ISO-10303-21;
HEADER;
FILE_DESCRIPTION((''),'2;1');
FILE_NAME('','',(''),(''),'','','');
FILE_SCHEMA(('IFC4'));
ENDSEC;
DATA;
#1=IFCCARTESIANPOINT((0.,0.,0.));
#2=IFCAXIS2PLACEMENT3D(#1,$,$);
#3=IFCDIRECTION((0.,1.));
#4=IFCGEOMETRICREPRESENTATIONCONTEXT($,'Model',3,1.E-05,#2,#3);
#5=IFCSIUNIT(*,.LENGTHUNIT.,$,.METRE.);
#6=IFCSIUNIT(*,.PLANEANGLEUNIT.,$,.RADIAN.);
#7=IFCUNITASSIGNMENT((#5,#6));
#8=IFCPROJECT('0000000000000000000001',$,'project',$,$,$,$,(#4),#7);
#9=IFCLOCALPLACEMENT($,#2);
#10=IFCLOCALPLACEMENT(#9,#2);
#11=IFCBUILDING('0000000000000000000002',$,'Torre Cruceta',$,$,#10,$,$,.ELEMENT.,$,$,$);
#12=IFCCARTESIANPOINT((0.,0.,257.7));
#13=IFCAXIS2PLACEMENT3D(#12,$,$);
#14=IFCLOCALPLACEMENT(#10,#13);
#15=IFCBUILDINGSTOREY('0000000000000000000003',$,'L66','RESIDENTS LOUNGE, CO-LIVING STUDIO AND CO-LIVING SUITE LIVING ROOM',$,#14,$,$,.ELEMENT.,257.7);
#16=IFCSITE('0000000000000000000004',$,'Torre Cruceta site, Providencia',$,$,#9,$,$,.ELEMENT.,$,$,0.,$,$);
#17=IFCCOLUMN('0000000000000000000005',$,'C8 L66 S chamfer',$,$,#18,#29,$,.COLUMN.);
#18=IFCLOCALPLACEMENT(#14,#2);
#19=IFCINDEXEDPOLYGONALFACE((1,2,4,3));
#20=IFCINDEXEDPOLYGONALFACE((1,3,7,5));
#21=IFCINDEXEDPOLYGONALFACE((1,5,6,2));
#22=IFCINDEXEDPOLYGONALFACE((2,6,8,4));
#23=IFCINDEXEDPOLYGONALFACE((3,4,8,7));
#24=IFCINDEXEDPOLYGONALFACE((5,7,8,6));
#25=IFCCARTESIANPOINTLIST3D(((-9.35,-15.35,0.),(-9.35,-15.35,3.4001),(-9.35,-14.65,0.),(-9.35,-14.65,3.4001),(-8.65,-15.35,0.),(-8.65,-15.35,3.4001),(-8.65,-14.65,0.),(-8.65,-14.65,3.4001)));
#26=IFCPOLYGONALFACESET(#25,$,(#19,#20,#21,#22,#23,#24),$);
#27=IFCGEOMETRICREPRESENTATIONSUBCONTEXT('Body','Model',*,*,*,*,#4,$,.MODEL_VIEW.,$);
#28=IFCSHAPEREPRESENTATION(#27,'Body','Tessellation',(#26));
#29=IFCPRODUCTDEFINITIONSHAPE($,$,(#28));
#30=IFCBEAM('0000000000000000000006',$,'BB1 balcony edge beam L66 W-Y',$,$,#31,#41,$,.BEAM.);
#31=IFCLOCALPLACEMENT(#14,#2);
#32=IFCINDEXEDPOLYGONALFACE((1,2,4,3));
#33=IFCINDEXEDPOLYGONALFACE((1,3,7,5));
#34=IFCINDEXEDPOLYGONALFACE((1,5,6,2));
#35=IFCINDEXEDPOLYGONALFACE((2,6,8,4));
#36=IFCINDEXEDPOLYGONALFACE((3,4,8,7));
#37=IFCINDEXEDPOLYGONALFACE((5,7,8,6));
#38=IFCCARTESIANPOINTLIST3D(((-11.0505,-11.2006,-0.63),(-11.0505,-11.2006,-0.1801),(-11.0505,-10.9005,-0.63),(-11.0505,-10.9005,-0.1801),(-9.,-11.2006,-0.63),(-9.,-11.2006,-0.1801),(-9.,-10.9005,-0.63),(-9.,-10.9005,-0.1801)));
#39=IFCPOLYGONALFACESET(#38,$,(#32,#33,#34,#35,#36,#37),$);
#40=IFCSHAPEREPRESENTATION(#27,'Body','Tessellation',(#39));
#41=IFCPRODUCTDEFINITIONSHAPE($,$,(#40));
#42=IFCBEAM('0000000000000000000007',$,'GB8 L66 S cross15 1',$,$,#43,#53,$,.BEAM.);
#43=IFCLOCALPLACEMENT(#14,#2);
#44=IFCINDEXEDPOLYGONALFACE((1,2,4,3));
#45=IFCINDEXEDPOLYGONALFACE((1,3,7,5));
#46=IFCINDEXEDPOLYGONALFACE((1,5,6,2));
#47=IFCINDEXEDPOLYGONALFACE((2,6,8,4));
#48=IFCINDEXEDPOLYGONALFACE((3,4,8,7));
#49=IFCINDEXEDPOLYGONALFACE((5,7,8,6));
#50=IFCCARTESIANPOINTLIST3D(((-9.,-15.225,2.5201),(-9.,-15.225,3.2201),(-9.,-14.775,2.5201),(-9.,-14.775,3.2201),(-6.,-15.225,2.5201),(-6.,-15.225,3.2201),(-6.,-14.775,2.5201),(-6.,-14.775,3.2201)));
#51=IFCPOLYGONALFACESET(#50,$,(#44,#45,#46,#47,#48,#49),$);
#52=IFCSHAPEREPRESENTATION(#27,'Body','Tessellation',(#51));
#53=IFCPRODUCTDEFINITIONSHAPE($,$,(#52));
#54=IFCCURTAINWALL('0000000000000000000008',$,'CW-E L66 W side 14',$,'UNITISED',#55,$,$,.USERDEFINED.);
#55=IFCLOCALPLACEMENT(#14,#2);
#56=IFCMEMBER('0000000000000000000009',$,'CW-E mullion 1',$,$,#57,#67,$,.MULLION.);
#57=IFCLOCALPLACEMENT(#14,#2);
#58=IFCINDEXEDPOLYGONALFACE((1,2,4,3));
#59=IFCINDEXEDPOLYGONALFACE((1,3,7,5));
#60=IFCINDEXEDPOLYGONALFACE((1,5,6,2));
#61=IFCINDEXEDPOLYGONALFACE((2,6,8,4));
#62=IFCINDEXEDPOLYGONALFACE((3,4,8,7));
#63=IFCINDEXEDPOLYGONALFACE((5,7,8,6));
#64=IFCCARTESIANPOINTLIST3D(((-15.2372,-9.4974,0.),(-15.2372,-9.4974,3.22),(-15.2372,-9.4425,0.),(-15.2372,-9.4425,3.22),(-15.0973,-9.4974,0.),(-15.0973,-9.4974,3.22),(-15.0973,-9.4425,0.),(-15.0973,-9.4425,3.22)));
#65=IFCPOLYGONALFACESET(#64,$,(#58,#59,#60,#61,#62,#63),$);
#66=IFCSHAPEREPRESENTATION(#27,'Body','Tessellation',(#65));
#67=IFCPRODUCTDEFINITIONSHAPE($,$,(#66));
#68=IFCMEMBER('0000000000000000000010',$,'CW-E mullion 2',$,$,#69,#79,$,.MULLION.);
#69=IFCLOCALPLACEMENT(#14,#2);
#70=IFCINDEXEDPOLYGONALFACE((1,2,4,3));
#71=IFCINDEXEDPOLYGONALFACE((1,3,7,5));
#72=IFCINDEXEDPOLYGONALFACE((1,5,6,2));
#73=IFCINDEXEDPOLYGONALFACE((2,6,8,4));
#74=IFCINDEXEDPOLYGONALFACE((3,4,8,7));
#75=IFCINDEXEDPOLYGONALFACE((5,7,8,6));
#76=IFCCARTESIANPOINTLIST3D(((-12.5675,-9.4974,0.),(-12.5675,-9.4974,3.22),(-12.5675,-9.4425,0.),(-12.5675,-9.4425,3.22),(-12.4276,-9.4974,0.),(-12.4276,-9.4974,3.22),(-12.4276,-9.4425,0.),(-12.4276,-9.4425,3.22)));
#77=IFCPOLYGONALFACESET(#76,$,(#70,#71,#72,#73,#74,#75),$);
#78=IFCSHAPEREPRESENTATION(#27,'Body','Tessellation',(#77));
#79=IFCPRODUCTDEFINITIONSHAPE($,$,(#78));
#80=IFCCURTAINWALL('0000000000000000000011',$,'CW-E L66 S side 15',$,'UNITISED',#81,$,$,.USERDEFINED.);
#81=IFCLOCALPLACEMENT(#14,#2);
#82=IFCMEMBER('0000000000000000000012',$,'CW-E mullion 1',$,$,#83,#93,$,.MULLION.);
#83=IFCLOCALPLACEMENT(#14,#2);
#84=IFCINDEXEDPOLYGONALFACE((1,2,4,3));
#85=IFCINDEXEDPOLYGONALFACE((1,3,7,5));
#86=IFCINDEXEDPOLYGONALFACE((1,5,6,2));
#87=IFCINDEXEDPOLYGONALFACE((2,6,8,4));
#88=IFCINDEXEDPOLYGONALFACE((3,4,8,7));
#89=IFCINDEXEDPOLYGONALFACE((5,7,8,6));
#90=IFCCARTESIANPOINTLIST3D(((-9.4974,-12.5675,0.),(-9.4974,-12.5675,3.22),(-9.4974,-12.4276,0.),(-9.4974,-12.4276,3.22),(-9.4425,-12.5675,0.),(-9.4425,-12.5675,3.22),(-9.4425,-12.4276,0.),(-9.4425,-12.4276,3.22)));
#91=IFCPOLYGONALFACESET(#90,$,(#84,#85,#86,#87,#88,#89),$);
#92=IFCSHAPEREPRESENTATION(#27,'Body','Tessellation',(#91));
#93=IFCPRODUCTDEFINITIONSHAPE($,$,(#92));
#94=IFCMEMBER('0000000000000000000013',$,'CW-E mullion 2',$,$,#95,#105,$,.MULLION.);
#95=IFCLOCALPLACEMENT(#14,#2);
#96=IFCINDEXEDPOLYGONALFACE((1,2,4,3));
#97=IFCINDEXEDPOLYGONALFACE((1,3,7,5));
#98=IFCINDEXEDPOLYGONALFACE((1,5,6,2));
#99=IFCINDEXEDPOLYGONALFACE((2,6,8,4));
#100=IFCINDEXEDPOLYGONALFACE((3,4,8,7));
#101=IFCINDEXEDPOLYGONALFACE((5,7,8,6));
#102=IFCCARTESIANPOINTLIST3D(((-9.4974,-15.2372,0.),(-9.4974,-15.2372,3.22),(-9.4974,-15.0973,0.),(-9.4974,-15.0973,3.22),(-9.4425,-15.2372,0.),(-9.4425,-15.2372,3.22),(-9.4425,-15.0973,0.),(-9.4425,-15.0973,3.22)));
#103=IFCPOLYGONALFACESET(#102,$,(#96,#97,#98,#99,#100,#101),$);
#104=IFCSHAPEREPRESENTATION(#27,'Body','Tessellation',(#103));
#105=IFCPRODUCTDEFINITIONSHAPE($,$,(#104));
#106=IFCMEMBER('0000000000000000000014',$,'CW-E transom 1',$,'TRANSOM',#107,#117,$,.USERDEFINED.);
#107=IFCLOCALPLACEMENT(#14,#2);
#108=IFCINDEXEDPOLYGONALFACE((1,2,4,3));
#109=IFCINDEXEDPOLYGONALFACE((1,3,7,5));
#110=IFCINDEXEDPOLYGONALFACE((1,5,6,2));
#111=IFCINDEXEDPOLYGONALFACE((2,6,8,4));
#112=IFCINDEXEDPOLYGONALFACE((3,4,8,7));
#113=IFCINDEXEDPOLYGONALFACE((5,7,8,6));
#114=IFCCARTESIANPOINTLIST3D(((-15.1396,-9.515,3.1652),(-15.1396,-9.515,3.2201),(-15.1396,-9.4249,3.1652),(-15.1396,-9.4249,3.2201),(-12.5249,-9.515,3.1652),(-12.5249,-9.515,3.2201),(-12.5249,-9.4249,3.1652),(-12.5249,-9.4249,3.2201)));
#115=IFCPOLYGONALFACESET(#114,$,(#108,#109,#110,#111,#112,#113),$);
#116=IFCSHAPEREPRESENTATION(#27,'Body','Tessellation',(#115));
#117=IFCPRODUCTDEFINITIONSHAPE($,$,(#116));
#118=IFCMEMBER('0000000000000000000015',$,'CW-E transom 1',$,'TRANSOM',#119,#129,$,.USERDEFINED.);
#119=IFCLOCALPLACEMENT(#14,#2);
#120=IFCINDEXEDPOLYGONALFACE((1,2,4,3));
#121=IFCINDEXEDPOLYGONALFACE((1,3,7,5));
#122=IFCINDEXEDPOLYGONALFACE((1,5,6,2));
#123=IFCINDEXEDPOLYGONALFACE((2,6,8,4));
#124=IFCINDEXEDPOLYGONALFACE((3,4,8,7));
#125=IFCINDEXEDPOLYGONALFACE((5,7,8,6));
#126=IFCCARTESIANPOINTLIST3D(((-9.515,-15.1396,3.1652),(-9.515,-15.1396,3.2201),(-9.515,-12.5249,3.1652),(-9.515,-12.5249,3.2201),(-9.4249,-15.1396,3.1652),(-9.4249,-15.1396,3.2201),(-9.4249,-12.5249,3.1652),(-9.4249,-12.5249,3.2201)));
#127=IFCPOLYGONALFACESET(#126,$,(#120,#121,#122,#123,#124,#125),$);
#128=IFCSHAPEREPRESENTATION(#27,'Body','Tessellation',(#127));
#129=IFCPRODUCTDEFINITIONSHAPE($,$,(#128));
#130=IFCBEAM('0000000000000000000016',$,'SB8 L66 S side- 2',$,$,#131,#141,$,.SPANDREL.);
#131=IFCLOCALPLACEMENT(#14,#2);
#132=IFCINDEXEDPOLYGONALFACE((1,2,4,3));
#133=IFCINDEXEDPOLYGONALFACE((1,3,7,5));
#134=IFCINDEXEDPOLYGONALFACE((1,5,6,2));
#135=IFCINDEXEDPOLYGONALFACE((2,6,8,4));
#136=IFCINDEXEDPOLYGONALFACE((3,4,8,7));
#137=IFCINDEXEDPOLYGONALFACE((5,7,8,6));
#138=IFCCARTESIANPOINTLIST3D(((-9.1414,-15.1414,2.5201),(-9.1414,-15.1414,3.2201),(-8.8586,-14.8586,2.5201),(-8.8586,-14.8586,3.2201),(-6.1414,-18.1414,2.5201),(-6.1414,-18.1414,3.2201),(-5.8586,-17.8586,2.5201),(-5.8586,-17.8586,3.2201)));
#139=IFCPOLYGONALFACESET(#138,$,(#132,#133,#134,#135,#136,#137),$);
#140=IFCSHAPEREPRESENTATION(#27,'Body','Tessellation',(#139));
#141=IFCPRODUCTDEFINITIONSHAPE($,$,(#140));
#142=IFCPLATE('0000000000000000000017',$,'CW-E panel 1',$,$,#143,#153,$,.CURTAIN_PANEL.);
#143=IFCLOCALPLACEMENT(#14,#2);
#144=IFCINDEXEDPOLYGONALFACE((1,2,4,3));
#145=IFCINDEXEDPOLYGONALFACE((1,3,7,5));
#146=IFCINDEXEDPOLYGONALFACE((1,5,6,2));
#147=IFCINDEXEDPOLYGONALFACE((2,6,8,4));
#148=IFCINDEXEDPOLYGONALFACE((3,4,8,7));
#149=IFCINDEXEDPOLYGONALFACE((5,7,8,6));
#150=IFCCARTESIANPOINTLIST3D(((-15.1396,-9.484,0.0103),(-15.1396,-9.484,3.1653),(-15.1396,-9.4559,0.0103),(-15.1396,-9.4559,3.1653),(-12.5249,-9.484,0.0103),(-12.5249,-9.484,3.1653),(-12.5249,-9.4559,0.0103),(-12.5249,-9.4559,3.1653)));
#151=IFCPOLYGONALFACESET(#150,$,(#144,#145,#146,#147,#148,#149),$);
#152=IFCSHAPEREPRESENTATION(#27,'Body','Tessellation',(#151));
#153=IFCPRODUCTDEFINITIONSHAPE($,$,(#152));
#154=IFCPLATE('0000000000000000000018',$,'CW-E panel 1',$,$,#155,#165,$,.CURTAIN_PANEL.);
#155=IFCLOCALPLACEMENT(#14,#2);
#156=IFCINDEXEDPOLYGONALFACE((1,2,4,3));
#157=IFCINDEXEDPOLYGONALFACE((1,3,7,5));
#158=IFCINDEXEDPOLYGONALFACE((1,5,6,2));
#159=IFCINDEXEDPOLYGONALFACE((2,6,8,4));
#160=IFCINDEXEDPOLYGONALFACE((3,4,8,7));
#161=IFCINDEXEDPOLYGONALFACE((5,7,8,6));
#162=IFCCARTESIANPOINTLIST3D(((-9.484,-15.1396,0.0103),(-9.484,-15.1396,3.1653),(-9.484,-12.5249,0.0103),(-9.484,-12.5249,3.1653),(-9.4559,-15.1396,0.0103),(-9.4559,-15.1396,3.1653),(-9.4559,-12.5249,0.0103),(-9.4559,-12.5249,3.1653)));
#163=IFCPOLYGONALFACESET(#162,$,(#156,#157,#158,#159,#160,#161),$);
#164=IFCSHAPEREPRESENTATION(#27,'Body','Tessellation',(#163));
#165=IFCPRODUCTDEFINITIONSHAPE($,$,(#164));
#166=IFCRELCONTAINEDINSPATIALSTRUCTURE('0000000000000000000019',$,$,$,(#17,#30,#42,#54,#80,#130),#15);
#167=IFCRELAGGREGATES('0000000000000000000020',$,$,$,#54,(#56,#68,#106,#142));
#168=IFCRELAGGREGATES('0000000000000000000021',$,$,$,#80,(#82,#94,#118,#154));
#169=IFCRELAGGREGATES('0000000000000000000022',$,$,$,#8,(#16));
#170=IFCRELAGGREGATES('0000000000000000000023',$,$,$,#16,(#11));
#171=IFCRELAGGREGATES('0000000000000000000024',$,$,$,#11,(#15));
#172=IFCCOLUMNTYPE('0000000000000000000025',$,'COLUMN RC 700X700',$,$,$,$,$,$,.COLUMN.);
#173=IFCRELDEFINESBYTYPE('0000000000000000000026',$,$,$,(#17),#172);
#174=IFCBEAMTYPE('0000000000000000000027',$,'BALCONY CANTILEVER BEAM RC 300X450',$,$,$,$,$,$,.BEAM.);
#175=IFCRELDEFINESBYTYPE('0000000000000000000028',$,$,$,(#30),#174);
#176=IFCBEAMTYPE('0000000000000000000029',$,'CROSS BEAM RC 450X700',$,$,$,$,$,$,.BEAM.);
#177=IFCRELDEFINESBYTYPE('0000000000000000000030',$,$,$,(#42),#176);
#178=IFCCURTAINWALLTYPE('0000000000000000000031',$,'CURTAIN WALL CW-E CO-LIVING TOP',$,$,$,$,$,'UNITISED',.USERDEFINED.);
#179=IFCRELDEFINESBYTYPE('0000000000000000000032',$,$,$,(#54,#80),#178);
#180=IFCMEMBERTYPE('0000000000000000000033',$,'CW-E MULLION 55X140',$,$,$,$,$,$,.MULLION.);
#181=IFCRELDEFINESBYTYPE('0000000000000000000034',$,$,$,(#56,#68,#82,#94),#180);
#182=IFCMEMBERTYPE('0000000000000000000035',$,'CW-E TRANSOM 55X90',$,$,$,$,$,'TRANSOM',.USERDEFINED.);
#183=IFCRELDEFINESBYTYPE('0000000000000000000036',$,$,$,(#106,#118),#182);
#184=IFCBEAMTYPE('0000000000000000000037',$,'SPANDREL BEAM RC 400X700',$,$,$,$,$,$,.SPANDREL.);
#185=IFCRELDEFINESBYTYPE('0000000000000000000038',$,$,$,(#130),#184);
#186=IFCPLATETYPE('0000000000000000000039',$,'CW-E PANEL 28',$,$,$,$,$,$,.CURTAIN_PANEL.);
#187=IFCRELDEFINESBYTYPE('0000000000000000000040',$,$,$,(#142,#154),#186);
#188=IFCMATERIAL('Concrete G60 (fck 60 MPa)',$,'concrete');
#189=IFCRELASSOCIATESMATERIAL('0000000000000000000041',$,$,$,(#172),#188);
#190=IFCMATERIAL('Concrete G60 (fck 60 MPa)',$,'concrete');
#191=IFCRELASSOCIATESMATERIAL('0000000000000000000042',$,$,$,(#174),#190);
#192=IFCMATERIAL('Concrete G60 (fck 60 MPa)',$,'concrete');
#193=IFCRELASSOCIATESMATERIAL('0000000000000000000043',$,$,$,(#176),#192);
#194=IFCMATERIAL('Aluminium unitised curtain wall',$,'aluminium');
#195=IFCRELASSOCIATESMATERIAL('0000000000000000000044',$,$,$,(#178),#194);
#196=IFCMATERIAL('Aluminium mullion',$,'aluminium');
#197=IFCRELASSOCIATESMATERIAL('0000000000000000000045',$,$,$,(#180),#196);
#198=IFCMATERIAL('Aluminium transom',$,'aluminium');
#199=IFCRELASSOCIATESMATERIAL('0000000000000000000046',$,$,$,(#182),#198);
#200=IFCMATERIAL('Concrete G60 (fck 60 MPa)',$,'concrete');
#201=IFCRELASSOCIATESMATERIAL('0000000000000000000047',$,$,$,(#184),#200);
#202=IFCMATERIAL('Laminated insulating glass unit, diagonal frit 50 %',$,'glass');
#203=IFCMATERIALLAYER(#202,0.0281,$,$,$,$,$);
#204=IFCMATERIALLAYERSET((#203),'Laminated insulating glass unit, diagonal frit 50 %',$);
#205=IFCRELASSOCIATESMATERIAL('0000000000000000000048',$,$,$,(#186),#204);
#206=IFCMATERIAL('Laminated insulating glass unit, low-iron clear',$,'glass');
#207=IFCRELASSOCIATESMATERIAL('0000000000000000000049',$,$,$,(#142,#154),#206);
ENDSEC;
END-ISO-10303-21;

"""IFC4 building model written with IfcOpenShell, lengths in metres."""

from ifc_helpers import new_model, si_unit, direction, frame, origin, origin_2d, place, context, subcontext, project, spatial, rectangle, extrude, material, layer, layer_set, material_profile, profile_set, type_object, element, aggregate, save


model = new_model("IFC4")

# Units and contexts
model_context = context("Model", 3, precision=1e-05, world=origin(), true_north=direction((0.0, 1.0)))
body_context = subcontext(model_context, "Body", "Model", "MODEL_VIEW")
ifc_project = project(units=[si_unit("LENGTHUNIT", "METRE"), si_unit("PLANEANGLEUNIT", "RADIAN")], contexts=[model_context])

# Site, building, storey
site_placement = place(None, origin())
site = spatial("IfcSite", under=ifc_project, at=site_placement, Name="Torre Cruceta site, Providencia", CompositionType="ELEMENT", RefElevation=0.0)
building_placement = place(site_placement, origin())
building = spatial("IfcBuilding", under=site, at=building_placement, Name="Torre Cruceta", CompositionType="ELEMENT")
storey_placement = place(building_placement, frame((0.0, 0.0, 257.7)))
storey = spatial("IfcBuildingStorey", under=building, at=storey_placement, Name="L66", Description="RESIDENTS LOUNGE, CO-LIVING STUDIO AND CO-LIVING SUITE LIVING ROOM", CompositionType="ELEMENT", Elevation=257.7)

# Column
ifc_material_1 = material(Name="Concrete G60 (fck 60 MPa)", Category="concrete")
ifc_material_profile_1 = material_profile(ifc_material_1, rectangle(XDim=0.7, YDim=0.7, at=origin_2d()), Name="RC 700X700")
ifc_profile_set_1 = profile_set([ifc_material_profile_1], Name="Concrete G60 (fck 60 MPa)")
column_type = type_object("IfcColumnType", Name="COLUMN RC 700X700", PredefinedType="COLUMN", material=ifc_profile_set_1)
column_placement = place(storey_placement, frame((-9.0, -15.0, 0.0), z_axis=(0.0, 0.0, 1.0), x_axis=(1.0, 0.0, 0.0)))
element("IfcColumn", 1, at=column_placement, inside=storey, type_object=column_type, Name="C8 L66 S chamfer", PredefinedType="COLUMN", context=body_context, shape_type="SweptSolid", body=[
    extrude(rectangle(XDim=0.7, YDim=0.7, at=origin_2d()), origin(), (0.0, 0.0, 1.0), 3.4001),
])

# Beams
ifc_material_2 = material(Name="Concrete G60 (fck 60 MPa)", Category="concrete")
ifc_material_profile_2 = material_profile(ifc_material_2, rectangle(XDim=0.3, YDim=0.45, at=origin_2d()), Name="RC 300X450")
ifc_profile_set_2 = profile_set([ifc_material_profile_2], Name="Concrete G60 (fck 60 MPa)")
beam_type_1 = type_object("IfcBeamType", Name="BALCONY CANTILEVER BEAM RC 300X450", PredefinedType="BEAM", material=ifc_profile_set_2)
beam_1_placement = place(storey_placement, frame((-9.0, -11.0505, -0.405), z_axis=(-1.0, 0.0, 0.0), x_axis=(0.0, -1.0, 0.0)))
element("IfcBeam", 2, at=beam_1_placement, inside=storey, type_object=beam_type_1, Name="BB1 balcony edge beam L66 W-Y", PredefinedType="BEAM", context=body_context, shape_type="SweptSolid", body=[
    extrude(rectangle(XDim=0.3, YDim=0.45, at=origin_2d()), origin(), (0.0, 0.0, 1.0), 2.0505),
])
ifc_material_3 = material(Name="Concrete G60 (fck 60 MPa)", Category="concrete")
ifc_material_profile_3 = material_profile(ifc_material_3, rectangle(XDim=0.45, YDim=0.7, at=origin_2d()), Name="RC 450X700")
ifc_profile_set_3 = profile_set([ifc_material_profile_3], Name="Concrete G60 (fck 60 MPa)")
beam_type_2 = type_object("IfcBeamType", Name="CROSS BEAM RC 450X700", PredefinedType="BEAM", material=ifc_profile_set_3)
beam_2_placement = place(storey_placement, frame((-9.0, -15.0, 2.8701), z_axis=(1.0, 0.0, 0.0), x_axis=(0.0, 1.0, 0.0)))
element("IfcBeam", 3, at=beam_2_placement, inside=storey, type_object=beam_type_2, Name="GB8 L66 S cross15 1", PredefinedType="BEAM", context=body_context, shape_type="SweptSolid", body=[
    extrude(rectangle(XDim=0.45, YDim=0.7, at=origin_2d()), origin(), (0.0, 0.0, 1.0), 3.0),
])

# Curtain walls, members
ifc_material_4 = material(Name="Aluminium unitised curtain wall", Category="aluminium")
curtain_wall_type = type_object("IfcCurtainWallType", Name="CURTAIN WALL CW-E CO-LIVING TOP", ElementType="UNITISED", PredefinedType="USERDEFINED", material=ifc_material_4)
curtain_wall_1_placement = place(storey_placement, origin())
curtain_wall_1 = element("IfcCurtainWall", 4, at=curtain_wall_1_placement, inside=storey, type_object=curtain_wall_type, Name="CW-E L66 W side 14", ObjectType="UNITISED", PredefinedType="USERDEFINED")
ifc_material_5 = material(Name="Aluminium mullion", Category="aluminium")
ifc_material_profile_4 = material_profile(ifc_material_5, rectangle(XDim=0.0549, YDim=0.1399, at=origin_2d()), Name="AL 55X140")
ifc_profile_set_4 = profile_set([ifc_material_profile_4], Name="Aluminium mullion")
member_type_1 = type_object("IfcMemberType", Name="CW-E MULLION 55X140", PredefinedType="MULLION", material=ifc_profile_set_4)
member_1_placement = place(storey_placement, frame((-15.1672, -9.47, 0.0), z_axis=(0.0, 0.0, 1.0), x_axis=(0.0, 1.0, 0.0)))
member_1 = element("IfcMember", 5, at=member_1_placement, type_object=member_type_1, Name="CW-E mullion 1", PredefinedType="MULLION", context=body_context, shape_type="SweptSolid", body=[
    extrude(rectangle(XDim=0.0549, YDim=0.1399, at=origin_2d()), origin(), (0.0, 0.0, 1.0), 3.22),
])
member_2_placement = place(storey_placement, frame((-12.4976, -9.47, 0.0), z_axis=(0.0, 0.0, 1.0), x_axis=(0.0, 1.0, 0.0)))
member_2 = element("IfcMember", 6, at=member_2_placement, type_object=member_type_1, Name="CW-E mullion 2", PredefinedType="MULLION", context=body_context, shape_type="SweptSolid", body=[
    extrude(rectangle(XDim=0.0549, YDim=0.1399, at=origin_2d()), origin(), (0.0, 0.0, 1.0), 3.22),
])
curtain_wall_2_placement = place(storey_placement, origin())
curtain_wall_2 = element("IfcCurtainWall", 7, at=curtain_wall_2_placement, inside=storey, type_object=curtain_wall_type, Name="CW-E L66 S side 15", ObjectType="UNITISED", PredefinedType="USERDEFINED")
member_3_placement = place(storey_placement, frame((-9.47, -12.4976, 0.0), z_axis=(0.0, 0.0, 1.0), x_axis=(1.0, 0.0, 0.0)))
member_3 = element("IfcMember", 8, at=member_3_placement, type_object=member_type_1, Name="CW-E mullion 1", PredefinedType="MULLION", context=body_context, shape_type="SweptSolid", body=[
    extrude(rectangle(XDim=0.0549, YDim=0.1399, at=origin_2d()), origin(), (0.0, 0.0, 1.0), 3.22),
])
member_4_placement = place(storey_placement, frame((-9.47, -15.1672, 0.0), z_axis=(0.0, 0.0, 1.0), x_axis=(1.0, 0.0, 0.0)))
member_4 = element("IfcMember", 9, at=member_4_placement, type_object=member_type_1, Name="CW-E mullion 2", PredefinedType="MULLION", context=body_context, shape_type="SweptSolid", body=[
    extrude(rectangle(XDim=0.0549, YDim=0.1399, at=origin_2d()), origin(), (0.0, 0.0, 1.0), 3.22),
])

# Members
ifc_material_6 = material(Name="Aluminium transom", Category="aluminium")
ifc_material_profile_5 = material_profile(ifc_material_6, rectangle(XDim=0.0901, YDim=0.0549, at=origin_2d()), Name="AL 90X55")
ifc_profile_set_5 = profile_set([ifc_material_profile_5], Name="Aluminium transom")
member_type_2 = type_object("IfcMemberType", Name="CW-E TRANSOM 55X90", ElementType="TRANSOM", PredefinedType="USERDEFINED", material=ifc_profile_set_5)
member_5_placement = place(storey_placement, frame((-15.1396, -9.47, 3.1926), z_axis=(1.0, 0.0, 0.0), x_axis=(0.0, 1.0, 0.0)))
member_5 = element("IfcMember", 10, at=member_5_placement, type_object=member_type_2, Name="CW-E transom 1", ObjectType="TRANSOM", PredefinedType="USERDEFINED", context=body_context, shape_type="SweptSolid", body=[
    extrude(rectangle(XDim=0.0901, YDim=0.0549, at=origin_2d()), origin(), (0.0, 0.0, 1.0), 2.6147),
])
member_6_placement = place(storey_placement, frame((-9.47, -12.5249, 3.1926), z_axis=(0.0, -1.0, 0.0), x_axis=(1.0, 0.0, 0.0)))
member_6 = element("IfcMember", 11, at=member_6_placement, type_object=member_type_2, Name="CW-E transom 1", ObjectType="TRANSOM", PredefinedType="USERDEFINED", context=body_context, shape_type="SweptSolid", body=[
    extrude(rectangle(XDim=0.0901, YDim=0.0549, at=origin_2d()), origin(), (0.0, 0.0, 1.0), 2.6147),
])

# Beam
ifc_material_7 = material(Name="Concrete G60 (fck 60 MPa)", Category="concrete")
ifc_material_profile_6 = material_profile(ifc_material_7, rectangle(XDim=0.3999, YDim=0.7, at=origin_2d()), Name="RC 400X700")
ifc_profile_set_6 = profile_set([ifc_material_profile_6], Name="Concrete G60 (fck 60 MPa)")
beam_type_3 = type_object("IfcBeamType", Name="SPANDREL BEAM RC 400X700", PredefinedType="SPANDREL", material=ifc_profile_set_6)
beam_3_placement = place(storey_placement, frame((-9.0, -15.0, 2.8701), z_axis=(0.707107, -0.707107, 0.0), x_axis=(0.707107, 0.707107, 0.0)))
element("IfcBeam", 12, at=beam_3_placement, inside=storey, type_object=beam_type_3, Name="SB8 L66 S side- 2", PredefinedType="SPANDREL", context=body_context, shape_type="SweptSolid", body=[
    extrude(rectangle(XDim=0.3999, YDim=0.7, at=origin_2d()), origin(), (0.0, 0.0, 1.0), 4.2427),
])

# Plates
ifc_material_8 = material(Name="Laminated insulating glass unit, low-iron clear", Category="glass")
ifc_material_9 = material(Name="Laminated insulating glass unit, diagonal frit 50 %", Category="glass")
ifc_layer_1 = layer(ifc_material_9, 0.0281)
ifc_layer_set_1 = layer_set([ifc_layer_1], Name="Laminated insulating glass unit, diagonal frit 50 %")
plate_type = type_object("IfcPlateType", Name="CW-E PANEL 28", PredefinedType="CURTAIN_PANEL", material=ifc_layer_set_1)
plate_1_placement = place(storey_placement, frame((-13.8323, -9.47, 0.0103), z_axis=(0.0, 0.0, 1.0), x_axis=(1.0, 0.0, 0.0)))
plate_1 = element("IfcPlate", 13, at=plate_1_placement, type_object=plate_type, material=ifc_material_8, Name="CW-E panel 1", PredefinedType="CURTAIN_PANEL", context=body_context, shape_type="SweptSolid", body=[
    extrude(rectangle(XDim=2.6147, YDim=0.0281, at=origin_2d()), origin(), (0.0, 0.0, 1.0), 3.155),
])
aggregate(curtain_wall_1, [member_1, member_2, member_5, plate_1])
plate_2_placement = place(storey_placement, frame((-9.47, -13.8323, 0.0103), z_axis=(0.0, 0.0, 1.0), x_axis=(0.0, -1.0, 0.0)))
plate_2 = element("IfcPlate", 14, at=plate_2_placement, type_object=plate_type, material=ifc_material_8, Name="CW-E panel 1", PredefinedType="CURTAIN_PANEL", context=body_context, shape_type="SweptSolid", body=[
    extrude(rectangle(XDim=2.6147, YDim=0.0281, at=origin_2d()), origin(), (0.0, 0.0, 1.0), 3.155),
])
aggregate(curtain_wall_2, [member_3, member_4, member_6, plate_2])

save(model, "model.ifc")
